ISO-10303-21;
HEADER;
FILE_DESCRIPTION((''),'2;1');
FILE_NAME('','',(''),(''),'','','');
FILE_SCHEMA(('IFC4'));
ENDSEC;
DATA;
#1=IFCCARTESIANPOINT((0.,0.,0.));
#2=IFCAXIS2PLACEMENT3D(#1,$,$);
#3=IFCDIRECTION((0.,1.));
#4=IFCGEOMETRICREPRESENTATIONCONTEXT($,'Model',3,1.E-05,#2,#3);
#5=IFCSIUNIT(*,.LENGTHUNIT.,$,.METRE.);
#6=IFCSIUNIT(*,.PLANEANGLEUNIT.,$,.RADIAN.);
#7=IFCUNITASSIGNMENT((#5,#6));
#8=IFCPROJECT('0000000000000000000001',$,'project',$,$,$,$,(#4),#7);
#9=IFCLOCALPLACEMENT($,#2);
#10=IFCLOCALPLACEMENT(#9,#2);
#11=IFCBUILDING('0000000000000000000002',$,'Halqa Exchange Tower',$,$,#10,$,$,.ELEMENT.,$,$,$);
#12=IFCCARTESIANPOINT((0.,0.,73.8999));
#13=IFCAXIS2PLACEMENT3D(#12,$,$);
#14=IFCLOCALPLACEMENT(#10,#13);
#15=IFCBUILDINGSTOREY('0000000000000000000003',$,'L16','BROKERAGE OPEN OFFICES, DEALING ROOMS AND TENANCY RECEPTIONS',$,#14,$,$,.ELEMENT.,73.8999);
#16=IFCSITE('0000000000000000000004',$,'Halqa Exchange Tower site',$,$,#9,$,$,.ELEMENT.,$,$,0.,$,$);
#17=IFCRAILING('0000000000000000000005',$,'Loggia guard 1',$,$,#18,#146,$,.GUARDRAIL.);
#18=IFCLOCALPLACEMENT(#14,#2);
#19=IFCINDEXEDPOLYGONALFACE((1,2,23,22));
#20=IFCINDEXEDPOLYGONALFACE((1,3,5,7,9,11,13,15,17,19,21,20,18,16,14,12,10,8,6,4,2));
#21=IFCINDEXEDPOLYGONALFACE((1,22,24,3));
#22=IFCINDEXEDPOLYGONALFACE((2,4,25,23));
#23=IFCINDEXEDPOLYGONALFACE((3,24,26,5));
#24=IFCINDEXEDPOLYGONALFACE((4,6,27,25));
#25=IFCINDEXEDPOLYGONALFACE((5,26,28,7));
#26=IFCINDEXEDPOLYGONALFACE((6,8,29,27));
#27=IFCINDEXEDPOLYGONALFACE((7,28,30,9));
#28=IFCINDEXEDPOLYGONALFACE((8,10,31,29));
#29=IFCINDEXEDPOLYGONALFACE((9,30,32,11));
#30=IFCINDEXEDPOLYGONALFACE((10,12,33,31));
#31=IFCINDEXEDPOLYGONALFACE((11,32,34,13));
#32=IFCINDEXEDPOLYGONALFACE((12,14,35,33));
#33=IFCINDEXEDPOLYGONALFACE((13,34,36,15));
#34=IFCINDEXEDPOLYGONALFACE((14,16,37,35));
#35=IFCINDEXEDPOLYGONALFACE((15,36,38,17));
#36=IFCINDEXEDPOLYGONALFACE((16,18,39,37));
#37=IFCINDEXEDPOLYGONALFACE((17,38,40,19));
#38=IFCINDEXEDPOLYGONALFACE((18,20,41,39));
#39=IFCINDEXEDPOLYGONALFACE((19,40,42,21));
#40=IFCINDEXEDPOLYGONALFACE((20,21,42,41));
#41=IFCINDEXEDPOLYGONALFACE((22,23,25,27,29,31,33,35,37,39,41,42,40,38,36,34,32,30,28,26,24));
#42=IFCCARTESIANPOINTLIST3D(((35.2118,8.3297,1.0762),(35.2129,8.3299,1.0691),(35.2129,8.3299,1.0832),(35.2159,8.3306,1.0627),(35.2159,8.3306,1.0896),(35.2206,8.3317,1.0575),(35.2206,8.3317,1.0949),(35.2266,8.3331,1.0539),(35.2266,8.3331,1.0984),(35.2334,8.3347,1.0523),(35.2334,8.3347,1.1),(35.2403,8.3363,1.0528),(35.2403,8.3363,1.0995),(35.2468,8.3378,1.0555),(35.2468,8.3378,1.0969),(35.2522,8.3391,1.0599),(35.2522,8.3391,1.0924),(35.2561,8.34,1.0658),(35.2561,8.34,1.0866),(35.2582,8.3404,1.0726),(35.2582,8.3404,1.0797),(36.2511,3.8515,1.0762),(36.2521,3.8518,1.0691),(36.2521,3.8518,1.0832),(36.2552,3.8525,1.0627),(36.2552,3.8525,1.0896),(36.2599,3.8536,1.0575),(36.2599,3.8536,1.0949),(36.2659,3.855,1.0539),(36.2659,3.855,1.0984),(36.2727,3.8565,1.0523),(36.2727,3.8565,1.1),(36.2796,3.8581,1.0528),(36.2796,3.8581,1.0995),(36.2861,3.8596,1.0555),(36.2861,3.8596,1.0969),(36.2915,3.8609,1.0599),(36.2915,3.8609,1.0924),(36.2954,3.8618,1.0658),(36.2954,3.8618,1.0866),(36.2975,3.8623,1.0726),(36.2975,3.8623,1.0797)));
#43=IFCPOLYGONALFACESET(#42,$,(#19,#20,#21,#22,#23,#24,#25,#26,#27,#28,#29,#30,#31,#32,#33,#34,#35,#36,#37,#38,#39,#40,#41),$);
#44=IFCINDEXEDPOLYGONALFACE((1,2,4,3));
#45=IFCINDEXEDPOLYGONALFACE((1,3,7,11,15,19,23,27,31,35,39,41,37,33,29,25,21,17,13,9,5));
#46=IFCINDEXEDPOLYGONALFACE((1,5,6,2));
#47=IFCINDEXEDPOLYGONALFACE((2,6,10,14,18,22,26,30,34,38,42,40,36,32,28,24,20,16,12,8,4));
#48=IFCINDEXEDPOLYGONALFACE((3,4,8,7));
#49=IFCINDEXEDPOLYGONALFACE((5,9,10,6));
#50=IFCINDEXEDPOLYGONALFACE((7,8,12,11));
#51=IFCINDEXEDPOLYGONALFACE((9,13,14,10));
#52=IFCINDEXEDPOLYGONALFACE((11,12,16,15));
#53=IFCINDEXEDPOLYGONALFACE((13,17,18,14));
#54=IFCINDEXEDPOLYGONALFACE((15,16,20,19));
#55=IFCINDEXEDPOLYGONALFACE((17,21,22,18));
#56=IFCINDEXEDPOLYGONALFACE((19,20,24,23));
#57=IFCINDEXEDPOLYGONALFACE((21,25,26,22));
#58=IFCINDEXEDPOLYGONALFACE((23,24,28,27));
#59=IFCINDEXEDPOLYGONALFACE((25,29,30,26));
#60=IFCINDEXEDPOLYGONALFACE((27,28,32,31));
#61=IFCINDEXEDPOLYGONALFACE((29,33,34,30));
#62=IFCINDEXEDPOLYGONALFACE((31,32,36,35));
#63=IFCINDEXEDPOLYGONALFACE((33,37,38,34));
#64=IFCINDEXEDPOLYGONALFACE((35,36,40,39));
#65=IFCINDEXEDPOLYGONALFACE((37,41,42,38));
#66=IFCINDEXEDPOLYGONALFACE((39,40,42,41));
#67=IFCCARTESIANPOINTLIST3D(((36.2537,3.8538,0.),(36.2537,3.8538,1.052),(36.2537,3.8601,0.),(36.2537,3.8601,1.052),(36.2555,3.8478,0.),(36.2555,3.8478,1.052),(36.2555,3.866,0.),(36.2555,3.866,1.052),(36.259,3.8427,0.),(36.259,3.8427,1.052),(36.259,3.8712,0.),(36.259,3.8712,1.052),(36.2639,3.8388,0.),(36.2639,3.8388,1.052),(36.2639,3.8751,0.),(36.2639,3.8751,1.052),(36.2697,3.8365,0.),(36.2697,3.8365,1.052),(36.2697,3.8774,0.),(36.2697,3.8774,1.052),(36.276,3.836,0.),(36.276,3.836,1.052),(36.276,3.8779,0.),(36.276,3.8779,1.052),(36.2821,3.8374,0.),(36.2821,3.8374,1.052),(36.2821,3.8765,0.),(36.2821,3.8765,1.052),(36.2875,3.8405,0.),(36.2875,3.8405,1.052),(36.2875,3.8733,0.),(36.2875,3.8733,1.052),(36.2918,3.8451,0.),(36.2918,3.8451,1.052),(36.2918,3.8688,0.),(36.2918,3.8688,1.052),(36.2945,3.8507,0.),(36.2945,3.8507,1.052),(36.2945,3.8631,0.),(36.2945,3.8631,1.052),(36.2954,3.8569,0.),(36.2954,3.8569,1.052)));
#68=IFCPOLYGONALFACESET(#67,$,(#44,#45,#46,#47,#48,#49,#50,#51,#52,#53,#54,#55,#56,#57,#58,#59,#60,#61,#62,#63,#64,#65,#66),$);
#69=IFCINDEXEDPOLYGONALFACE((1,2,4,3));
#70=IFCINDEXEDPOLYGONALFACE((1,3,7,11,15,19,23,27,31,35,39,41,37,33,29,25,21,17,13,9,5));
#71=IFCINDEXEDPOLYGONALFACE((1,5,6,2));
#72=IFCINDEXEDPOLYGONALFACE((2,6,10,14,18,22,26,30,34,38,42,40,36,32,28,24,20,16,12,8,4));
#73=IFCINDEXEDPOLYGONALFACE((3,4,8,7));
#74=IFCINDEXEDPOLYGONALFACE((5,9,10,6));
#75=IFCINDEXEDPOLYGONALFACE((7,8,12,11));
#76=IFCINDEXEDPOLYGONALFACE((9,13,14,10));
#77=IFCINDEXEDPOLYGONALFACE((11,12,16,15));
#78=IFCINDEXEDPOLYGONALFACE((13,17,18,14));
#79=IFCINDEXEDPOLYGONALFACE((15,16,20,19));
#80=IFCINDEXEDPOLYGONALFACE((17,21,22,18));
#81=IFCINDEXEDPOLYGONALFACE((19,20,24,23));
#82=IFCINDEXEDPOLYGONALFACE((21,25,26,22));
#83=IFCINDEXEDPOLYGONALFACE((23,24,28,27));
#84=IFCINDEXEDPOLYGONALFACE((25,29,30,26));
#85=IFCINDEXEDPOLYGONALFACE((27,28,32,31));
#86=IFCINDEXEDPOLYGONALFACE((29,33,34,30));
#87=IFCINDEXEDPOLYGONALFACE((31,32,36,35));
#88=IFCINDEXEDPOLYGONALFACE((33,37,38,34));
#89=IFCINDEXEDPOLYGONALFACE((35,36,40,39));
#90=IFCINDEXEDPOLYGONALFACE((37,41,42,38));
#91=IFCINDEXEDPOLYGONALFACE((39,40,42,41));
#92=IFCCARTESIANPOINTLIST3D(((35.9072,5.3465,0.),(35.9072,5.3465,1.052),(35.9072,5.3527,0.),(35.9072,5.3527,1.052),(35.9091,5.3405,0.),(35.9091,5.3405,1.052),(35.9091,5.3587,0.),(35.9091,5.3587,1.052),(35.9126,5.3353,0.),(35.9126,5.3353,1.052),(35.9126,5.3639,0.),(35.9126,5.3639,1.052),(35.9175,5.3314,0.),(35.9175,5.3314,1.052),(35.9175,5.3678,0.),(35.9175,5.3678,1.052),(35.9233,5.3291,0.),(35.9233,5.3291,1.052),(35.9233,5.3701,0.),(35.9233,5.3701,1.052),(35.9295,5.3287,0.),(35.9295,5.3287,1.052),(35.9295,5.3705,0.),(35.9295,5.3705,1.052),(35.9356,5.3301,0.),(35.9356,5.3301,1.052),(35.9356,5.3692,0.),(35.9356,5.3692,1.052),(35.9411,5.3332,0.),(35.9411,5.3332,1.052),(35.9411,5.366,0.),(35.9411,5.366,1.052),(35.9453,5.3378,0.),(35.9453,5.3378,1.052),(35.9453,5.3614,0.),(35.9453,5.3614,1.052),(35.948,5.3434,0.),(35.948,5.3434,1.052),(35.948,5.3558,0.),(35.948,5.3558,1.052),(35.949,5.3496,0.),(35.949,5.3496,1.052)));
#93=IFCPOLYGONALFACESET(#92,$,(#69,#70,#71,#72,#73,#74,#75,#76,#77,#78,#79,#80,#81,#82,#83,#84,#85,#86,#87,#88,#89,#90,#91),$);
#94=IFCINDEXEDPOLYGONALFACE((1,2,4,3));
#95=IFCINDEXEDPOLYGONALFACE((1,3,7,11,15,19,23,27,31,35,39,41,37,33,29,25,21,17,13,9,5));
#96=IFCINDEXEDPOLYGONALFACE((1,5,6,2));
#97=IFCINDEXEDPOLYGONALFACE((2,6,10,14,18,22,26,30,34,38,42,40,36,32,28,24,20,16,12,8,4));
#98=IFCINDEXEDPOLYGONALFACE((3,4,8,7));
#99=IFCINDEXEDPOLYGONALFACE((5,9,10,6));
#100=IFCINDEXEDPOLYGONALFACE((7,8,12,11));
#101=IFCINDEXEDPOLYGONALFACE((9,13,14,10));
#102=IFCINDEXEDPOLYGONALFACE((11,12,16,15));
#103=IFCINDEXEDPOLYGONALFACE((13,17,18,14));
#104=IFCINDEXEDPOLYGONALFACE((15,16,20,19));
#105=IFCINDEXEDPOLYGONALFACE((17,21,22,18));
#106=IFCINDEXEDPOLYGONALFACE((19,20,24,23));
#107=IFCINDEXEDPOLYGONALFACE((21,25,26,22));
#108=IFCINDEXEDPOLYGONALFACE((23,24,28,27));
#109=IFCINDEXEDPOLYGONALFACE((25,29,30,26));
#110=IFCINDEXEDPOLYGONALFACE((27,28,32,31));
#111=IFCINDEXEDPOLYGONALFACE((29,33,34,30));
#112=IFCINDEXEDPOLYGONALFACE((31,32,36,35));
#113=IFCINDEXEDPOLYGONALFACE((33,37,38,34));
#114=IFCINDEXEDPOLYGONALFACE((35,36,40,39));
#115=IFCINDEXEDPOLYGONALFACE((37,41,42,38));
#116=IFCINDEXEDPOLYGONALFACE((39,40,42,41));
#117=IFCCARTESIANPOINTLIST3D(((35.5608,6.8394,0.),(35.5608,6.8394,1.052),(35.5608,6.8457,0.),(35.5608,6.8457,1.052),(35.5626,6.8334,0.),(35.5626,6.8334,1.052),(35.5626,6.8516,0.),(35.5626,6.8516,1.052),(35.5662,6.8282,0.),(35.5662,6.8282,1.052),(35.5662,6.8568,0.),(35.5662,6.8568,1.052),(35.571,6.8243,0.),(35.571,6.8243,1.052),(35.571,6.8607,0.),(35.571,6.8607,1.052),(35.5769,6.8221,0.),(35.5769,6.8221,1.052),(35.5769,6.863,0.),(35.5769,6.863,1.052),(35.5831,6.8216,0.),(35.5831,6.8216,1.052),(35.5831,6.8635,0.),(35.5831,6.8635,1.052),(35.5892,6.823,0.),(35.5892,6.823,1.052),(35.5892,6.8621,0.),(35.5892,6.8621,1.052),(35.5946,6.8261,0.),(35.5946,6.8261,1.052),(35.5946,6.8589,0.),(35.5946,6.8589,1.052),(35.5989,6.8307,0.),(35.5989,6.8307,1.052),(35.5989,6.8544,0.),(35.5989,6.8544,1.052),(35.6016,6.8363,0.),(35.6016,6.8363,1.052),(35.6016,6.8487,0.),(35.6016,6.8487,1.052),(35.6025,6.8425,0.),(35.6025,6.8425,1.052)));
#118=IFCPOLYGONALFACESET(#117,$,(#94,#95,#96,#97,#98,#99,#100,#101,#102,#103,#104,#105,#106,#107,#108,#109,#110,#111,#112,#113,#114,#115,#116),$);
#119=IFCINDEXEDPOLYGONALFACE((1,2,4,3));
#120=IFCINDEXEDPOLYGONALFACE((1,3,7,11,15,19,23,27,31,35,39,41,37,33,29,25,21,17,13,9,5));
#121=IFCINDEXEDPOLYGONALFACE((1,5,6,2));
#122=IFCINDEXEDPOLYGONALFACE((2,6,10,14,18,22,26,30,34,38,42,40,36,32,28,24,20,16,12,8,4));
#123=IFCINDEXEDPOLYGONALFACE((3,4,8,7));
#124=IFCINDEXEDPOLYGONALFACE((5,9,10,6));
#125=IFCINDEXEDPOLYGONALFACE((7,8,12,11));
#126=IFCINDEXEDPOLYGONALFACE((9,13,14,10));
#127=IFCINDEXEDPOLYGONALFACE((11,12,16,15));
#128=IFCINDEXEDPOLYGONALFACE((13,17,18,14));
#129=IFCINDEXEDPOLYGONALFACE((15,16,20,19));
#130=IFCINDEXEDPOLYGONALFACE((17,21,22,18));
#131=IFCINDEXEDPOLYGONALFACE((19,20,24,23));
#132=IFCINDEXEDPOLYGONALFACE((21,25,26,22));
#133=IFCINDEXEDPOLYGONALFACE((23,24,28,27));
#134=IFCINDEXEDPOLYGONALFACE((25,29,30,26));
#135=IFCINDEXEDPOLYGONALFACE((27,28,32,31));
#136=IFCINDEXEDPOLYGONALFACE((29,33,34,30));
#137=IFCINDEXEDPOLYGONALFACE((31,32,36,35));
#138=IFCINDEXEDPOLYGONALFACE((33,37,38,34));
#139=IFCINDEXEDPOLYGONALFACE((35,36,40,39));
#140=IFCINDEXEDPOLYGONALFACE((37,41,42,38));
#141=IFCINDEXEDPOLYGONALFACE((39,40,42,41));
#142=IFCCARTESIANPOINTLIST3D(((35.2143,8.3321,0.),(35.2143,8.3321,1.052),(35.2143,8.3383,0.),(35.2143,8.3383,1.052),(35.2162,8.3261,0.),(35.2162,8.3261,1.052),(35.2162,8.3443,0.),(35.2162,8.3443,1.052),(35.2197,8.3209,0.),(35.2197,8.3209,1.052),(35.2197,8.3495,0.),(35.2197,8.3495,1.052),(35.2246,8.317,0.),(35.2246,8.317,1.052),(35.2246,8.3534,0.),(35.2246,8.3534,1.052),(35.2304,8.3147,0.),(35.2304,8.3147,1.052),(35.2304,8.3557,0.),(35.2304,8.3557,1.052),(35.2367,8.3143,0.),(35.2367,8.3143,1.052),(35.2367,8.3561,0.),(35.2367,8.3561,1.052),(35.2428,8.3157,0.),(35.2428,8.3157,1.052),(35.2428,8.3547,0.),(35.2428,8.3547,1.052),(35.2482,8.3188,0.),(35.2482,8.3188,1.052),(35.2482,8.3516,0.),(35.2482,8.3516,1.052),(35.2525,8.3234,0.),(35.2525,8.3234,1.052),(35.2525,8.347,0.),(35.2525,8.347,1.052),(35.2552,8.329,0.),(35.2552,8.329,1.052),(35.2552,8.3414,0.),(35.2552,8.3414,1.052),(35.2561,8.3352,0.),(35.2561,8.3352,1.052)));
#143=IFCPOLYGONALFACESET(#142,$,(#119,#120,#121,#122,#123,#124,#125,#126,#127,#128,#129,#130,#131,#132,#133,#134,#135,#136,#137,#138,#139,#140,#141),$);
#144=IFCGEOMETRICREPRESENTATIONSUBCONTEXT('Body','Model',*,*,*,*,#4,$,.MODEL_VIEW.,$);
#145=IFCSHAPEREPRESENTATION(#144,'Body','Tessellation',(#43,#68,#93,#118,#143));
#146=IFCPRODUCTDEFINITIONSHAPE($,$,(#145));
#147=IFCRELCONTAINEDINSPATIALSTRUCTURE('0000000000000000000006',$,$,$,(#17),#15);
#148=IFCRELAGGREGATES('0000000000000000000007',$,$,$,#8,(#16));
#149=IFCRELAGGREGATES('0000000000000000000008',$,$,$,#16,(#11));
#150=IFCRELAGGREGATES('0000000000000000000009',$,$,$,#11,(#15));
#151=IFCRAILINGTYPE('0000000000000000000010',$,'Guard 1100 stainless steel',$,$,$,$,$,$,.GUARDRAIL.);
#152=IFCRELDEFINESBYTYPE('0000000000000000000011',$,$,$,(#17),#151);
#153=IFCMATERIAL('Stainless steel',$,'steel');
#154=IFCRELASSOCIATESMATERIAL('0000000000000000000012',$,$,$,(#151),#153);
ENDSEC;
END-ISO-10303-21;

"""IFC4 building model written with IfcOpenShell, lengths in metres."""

from ifc_helpers import new_model, si_unit, direction, frame, origin, origin_2d, place, context, subcontext, project, spatial, circle, extrude, material, type_object, element, save


model = new_model("IFC4")

# Units and contexts
model_context = context("Model", 3, precision=1e-05, world=origin(), true_north=direction((0.0, 1.0)))
body_context = subcontext(model_context, "Body", "Model", "MODEL_VIEW")
ifc_project = project(units=[si_unit("LENGTHUNIT", "METRE"), si_unit("PLANEANGLEUNIT", "RADIAN")], contexts=[model_context])

# Site, building, storey
site_placement = place(None, origin())
site = spatial("IfcSite", under=ifc_project, at=site_placement, Name="Halqa Exchange Tower site", CompositionType="ELEMENT", RefElevation=0.0)
building_placement = place(site_placement, origin())
building = spatial("IfcBuilding", under=site, at=building_placement, Name="Halqa Exchange Tower", CompositionType="ELEMENT")
storey_placement = place(building_placement, frame((0.0, 0.0, 73.8999)))
storey = spatial("IfcBuildingStorey", under=building, at=storey_placement, Name="L16", Description="BROKERAGE OPEN OFFICES, DEALING ROOMS AND TENANCY RECEPTIONS", CompositionType="ELEMENT", Elevation=73.8999)

# Railing
ifc_material_1 = material(Name="Stainless steel", Category="steel")
railing_type = type_object("IfcRailingType", Name="Guard 1100 stainless steel", PredefinedType="GUARDRAIL", material=ifc_material_1)
railing_1_placement = place(storey_placement, frame((36.2744, 3.8569, 0.0)))
element("IfcRailing", 1, at=railing_1_placement, inside=storey, type_object=railing_type, Name="Loggia guard 1", PredefinedType="GUARDRAIL", context=body_context, shape_type="SweptSolid", body=[
    extrude(circle(Radius=0.0239, at=origin_2d()), frame((0.0, 0.0, 1.0762), z_axis=(-0.226069, 0.974111, 0.0), x_axis=(-0.974111, -0.226069, 0.0)), (0.0, 0.0, 1.0), 4.5972),
    extrude(circle(Radius=0.021, at=origin_2d()), origin(), (0.0, 0.0, 1.0), 1.052),
    extrude(circle(Radius=0.021, at=origin_2d()), frame((-0.3464, 1.4927, 0.0)), (0.0, 0.0, 1.0), 1.052),
    extrude(circle(Radius=0.021, at=origin_2d()), frame((-0.6929, 2.9856, 0.0)), (0.0, 0.0, 1.0), 1.052),
    extrude(circle(Radius=0.021, at=origin_2d()), frame((-1.0393, 4.4783, 0.0)), (0.0, 0.0, 1.0), 1.052),
])

save(model, "model.ifc")
